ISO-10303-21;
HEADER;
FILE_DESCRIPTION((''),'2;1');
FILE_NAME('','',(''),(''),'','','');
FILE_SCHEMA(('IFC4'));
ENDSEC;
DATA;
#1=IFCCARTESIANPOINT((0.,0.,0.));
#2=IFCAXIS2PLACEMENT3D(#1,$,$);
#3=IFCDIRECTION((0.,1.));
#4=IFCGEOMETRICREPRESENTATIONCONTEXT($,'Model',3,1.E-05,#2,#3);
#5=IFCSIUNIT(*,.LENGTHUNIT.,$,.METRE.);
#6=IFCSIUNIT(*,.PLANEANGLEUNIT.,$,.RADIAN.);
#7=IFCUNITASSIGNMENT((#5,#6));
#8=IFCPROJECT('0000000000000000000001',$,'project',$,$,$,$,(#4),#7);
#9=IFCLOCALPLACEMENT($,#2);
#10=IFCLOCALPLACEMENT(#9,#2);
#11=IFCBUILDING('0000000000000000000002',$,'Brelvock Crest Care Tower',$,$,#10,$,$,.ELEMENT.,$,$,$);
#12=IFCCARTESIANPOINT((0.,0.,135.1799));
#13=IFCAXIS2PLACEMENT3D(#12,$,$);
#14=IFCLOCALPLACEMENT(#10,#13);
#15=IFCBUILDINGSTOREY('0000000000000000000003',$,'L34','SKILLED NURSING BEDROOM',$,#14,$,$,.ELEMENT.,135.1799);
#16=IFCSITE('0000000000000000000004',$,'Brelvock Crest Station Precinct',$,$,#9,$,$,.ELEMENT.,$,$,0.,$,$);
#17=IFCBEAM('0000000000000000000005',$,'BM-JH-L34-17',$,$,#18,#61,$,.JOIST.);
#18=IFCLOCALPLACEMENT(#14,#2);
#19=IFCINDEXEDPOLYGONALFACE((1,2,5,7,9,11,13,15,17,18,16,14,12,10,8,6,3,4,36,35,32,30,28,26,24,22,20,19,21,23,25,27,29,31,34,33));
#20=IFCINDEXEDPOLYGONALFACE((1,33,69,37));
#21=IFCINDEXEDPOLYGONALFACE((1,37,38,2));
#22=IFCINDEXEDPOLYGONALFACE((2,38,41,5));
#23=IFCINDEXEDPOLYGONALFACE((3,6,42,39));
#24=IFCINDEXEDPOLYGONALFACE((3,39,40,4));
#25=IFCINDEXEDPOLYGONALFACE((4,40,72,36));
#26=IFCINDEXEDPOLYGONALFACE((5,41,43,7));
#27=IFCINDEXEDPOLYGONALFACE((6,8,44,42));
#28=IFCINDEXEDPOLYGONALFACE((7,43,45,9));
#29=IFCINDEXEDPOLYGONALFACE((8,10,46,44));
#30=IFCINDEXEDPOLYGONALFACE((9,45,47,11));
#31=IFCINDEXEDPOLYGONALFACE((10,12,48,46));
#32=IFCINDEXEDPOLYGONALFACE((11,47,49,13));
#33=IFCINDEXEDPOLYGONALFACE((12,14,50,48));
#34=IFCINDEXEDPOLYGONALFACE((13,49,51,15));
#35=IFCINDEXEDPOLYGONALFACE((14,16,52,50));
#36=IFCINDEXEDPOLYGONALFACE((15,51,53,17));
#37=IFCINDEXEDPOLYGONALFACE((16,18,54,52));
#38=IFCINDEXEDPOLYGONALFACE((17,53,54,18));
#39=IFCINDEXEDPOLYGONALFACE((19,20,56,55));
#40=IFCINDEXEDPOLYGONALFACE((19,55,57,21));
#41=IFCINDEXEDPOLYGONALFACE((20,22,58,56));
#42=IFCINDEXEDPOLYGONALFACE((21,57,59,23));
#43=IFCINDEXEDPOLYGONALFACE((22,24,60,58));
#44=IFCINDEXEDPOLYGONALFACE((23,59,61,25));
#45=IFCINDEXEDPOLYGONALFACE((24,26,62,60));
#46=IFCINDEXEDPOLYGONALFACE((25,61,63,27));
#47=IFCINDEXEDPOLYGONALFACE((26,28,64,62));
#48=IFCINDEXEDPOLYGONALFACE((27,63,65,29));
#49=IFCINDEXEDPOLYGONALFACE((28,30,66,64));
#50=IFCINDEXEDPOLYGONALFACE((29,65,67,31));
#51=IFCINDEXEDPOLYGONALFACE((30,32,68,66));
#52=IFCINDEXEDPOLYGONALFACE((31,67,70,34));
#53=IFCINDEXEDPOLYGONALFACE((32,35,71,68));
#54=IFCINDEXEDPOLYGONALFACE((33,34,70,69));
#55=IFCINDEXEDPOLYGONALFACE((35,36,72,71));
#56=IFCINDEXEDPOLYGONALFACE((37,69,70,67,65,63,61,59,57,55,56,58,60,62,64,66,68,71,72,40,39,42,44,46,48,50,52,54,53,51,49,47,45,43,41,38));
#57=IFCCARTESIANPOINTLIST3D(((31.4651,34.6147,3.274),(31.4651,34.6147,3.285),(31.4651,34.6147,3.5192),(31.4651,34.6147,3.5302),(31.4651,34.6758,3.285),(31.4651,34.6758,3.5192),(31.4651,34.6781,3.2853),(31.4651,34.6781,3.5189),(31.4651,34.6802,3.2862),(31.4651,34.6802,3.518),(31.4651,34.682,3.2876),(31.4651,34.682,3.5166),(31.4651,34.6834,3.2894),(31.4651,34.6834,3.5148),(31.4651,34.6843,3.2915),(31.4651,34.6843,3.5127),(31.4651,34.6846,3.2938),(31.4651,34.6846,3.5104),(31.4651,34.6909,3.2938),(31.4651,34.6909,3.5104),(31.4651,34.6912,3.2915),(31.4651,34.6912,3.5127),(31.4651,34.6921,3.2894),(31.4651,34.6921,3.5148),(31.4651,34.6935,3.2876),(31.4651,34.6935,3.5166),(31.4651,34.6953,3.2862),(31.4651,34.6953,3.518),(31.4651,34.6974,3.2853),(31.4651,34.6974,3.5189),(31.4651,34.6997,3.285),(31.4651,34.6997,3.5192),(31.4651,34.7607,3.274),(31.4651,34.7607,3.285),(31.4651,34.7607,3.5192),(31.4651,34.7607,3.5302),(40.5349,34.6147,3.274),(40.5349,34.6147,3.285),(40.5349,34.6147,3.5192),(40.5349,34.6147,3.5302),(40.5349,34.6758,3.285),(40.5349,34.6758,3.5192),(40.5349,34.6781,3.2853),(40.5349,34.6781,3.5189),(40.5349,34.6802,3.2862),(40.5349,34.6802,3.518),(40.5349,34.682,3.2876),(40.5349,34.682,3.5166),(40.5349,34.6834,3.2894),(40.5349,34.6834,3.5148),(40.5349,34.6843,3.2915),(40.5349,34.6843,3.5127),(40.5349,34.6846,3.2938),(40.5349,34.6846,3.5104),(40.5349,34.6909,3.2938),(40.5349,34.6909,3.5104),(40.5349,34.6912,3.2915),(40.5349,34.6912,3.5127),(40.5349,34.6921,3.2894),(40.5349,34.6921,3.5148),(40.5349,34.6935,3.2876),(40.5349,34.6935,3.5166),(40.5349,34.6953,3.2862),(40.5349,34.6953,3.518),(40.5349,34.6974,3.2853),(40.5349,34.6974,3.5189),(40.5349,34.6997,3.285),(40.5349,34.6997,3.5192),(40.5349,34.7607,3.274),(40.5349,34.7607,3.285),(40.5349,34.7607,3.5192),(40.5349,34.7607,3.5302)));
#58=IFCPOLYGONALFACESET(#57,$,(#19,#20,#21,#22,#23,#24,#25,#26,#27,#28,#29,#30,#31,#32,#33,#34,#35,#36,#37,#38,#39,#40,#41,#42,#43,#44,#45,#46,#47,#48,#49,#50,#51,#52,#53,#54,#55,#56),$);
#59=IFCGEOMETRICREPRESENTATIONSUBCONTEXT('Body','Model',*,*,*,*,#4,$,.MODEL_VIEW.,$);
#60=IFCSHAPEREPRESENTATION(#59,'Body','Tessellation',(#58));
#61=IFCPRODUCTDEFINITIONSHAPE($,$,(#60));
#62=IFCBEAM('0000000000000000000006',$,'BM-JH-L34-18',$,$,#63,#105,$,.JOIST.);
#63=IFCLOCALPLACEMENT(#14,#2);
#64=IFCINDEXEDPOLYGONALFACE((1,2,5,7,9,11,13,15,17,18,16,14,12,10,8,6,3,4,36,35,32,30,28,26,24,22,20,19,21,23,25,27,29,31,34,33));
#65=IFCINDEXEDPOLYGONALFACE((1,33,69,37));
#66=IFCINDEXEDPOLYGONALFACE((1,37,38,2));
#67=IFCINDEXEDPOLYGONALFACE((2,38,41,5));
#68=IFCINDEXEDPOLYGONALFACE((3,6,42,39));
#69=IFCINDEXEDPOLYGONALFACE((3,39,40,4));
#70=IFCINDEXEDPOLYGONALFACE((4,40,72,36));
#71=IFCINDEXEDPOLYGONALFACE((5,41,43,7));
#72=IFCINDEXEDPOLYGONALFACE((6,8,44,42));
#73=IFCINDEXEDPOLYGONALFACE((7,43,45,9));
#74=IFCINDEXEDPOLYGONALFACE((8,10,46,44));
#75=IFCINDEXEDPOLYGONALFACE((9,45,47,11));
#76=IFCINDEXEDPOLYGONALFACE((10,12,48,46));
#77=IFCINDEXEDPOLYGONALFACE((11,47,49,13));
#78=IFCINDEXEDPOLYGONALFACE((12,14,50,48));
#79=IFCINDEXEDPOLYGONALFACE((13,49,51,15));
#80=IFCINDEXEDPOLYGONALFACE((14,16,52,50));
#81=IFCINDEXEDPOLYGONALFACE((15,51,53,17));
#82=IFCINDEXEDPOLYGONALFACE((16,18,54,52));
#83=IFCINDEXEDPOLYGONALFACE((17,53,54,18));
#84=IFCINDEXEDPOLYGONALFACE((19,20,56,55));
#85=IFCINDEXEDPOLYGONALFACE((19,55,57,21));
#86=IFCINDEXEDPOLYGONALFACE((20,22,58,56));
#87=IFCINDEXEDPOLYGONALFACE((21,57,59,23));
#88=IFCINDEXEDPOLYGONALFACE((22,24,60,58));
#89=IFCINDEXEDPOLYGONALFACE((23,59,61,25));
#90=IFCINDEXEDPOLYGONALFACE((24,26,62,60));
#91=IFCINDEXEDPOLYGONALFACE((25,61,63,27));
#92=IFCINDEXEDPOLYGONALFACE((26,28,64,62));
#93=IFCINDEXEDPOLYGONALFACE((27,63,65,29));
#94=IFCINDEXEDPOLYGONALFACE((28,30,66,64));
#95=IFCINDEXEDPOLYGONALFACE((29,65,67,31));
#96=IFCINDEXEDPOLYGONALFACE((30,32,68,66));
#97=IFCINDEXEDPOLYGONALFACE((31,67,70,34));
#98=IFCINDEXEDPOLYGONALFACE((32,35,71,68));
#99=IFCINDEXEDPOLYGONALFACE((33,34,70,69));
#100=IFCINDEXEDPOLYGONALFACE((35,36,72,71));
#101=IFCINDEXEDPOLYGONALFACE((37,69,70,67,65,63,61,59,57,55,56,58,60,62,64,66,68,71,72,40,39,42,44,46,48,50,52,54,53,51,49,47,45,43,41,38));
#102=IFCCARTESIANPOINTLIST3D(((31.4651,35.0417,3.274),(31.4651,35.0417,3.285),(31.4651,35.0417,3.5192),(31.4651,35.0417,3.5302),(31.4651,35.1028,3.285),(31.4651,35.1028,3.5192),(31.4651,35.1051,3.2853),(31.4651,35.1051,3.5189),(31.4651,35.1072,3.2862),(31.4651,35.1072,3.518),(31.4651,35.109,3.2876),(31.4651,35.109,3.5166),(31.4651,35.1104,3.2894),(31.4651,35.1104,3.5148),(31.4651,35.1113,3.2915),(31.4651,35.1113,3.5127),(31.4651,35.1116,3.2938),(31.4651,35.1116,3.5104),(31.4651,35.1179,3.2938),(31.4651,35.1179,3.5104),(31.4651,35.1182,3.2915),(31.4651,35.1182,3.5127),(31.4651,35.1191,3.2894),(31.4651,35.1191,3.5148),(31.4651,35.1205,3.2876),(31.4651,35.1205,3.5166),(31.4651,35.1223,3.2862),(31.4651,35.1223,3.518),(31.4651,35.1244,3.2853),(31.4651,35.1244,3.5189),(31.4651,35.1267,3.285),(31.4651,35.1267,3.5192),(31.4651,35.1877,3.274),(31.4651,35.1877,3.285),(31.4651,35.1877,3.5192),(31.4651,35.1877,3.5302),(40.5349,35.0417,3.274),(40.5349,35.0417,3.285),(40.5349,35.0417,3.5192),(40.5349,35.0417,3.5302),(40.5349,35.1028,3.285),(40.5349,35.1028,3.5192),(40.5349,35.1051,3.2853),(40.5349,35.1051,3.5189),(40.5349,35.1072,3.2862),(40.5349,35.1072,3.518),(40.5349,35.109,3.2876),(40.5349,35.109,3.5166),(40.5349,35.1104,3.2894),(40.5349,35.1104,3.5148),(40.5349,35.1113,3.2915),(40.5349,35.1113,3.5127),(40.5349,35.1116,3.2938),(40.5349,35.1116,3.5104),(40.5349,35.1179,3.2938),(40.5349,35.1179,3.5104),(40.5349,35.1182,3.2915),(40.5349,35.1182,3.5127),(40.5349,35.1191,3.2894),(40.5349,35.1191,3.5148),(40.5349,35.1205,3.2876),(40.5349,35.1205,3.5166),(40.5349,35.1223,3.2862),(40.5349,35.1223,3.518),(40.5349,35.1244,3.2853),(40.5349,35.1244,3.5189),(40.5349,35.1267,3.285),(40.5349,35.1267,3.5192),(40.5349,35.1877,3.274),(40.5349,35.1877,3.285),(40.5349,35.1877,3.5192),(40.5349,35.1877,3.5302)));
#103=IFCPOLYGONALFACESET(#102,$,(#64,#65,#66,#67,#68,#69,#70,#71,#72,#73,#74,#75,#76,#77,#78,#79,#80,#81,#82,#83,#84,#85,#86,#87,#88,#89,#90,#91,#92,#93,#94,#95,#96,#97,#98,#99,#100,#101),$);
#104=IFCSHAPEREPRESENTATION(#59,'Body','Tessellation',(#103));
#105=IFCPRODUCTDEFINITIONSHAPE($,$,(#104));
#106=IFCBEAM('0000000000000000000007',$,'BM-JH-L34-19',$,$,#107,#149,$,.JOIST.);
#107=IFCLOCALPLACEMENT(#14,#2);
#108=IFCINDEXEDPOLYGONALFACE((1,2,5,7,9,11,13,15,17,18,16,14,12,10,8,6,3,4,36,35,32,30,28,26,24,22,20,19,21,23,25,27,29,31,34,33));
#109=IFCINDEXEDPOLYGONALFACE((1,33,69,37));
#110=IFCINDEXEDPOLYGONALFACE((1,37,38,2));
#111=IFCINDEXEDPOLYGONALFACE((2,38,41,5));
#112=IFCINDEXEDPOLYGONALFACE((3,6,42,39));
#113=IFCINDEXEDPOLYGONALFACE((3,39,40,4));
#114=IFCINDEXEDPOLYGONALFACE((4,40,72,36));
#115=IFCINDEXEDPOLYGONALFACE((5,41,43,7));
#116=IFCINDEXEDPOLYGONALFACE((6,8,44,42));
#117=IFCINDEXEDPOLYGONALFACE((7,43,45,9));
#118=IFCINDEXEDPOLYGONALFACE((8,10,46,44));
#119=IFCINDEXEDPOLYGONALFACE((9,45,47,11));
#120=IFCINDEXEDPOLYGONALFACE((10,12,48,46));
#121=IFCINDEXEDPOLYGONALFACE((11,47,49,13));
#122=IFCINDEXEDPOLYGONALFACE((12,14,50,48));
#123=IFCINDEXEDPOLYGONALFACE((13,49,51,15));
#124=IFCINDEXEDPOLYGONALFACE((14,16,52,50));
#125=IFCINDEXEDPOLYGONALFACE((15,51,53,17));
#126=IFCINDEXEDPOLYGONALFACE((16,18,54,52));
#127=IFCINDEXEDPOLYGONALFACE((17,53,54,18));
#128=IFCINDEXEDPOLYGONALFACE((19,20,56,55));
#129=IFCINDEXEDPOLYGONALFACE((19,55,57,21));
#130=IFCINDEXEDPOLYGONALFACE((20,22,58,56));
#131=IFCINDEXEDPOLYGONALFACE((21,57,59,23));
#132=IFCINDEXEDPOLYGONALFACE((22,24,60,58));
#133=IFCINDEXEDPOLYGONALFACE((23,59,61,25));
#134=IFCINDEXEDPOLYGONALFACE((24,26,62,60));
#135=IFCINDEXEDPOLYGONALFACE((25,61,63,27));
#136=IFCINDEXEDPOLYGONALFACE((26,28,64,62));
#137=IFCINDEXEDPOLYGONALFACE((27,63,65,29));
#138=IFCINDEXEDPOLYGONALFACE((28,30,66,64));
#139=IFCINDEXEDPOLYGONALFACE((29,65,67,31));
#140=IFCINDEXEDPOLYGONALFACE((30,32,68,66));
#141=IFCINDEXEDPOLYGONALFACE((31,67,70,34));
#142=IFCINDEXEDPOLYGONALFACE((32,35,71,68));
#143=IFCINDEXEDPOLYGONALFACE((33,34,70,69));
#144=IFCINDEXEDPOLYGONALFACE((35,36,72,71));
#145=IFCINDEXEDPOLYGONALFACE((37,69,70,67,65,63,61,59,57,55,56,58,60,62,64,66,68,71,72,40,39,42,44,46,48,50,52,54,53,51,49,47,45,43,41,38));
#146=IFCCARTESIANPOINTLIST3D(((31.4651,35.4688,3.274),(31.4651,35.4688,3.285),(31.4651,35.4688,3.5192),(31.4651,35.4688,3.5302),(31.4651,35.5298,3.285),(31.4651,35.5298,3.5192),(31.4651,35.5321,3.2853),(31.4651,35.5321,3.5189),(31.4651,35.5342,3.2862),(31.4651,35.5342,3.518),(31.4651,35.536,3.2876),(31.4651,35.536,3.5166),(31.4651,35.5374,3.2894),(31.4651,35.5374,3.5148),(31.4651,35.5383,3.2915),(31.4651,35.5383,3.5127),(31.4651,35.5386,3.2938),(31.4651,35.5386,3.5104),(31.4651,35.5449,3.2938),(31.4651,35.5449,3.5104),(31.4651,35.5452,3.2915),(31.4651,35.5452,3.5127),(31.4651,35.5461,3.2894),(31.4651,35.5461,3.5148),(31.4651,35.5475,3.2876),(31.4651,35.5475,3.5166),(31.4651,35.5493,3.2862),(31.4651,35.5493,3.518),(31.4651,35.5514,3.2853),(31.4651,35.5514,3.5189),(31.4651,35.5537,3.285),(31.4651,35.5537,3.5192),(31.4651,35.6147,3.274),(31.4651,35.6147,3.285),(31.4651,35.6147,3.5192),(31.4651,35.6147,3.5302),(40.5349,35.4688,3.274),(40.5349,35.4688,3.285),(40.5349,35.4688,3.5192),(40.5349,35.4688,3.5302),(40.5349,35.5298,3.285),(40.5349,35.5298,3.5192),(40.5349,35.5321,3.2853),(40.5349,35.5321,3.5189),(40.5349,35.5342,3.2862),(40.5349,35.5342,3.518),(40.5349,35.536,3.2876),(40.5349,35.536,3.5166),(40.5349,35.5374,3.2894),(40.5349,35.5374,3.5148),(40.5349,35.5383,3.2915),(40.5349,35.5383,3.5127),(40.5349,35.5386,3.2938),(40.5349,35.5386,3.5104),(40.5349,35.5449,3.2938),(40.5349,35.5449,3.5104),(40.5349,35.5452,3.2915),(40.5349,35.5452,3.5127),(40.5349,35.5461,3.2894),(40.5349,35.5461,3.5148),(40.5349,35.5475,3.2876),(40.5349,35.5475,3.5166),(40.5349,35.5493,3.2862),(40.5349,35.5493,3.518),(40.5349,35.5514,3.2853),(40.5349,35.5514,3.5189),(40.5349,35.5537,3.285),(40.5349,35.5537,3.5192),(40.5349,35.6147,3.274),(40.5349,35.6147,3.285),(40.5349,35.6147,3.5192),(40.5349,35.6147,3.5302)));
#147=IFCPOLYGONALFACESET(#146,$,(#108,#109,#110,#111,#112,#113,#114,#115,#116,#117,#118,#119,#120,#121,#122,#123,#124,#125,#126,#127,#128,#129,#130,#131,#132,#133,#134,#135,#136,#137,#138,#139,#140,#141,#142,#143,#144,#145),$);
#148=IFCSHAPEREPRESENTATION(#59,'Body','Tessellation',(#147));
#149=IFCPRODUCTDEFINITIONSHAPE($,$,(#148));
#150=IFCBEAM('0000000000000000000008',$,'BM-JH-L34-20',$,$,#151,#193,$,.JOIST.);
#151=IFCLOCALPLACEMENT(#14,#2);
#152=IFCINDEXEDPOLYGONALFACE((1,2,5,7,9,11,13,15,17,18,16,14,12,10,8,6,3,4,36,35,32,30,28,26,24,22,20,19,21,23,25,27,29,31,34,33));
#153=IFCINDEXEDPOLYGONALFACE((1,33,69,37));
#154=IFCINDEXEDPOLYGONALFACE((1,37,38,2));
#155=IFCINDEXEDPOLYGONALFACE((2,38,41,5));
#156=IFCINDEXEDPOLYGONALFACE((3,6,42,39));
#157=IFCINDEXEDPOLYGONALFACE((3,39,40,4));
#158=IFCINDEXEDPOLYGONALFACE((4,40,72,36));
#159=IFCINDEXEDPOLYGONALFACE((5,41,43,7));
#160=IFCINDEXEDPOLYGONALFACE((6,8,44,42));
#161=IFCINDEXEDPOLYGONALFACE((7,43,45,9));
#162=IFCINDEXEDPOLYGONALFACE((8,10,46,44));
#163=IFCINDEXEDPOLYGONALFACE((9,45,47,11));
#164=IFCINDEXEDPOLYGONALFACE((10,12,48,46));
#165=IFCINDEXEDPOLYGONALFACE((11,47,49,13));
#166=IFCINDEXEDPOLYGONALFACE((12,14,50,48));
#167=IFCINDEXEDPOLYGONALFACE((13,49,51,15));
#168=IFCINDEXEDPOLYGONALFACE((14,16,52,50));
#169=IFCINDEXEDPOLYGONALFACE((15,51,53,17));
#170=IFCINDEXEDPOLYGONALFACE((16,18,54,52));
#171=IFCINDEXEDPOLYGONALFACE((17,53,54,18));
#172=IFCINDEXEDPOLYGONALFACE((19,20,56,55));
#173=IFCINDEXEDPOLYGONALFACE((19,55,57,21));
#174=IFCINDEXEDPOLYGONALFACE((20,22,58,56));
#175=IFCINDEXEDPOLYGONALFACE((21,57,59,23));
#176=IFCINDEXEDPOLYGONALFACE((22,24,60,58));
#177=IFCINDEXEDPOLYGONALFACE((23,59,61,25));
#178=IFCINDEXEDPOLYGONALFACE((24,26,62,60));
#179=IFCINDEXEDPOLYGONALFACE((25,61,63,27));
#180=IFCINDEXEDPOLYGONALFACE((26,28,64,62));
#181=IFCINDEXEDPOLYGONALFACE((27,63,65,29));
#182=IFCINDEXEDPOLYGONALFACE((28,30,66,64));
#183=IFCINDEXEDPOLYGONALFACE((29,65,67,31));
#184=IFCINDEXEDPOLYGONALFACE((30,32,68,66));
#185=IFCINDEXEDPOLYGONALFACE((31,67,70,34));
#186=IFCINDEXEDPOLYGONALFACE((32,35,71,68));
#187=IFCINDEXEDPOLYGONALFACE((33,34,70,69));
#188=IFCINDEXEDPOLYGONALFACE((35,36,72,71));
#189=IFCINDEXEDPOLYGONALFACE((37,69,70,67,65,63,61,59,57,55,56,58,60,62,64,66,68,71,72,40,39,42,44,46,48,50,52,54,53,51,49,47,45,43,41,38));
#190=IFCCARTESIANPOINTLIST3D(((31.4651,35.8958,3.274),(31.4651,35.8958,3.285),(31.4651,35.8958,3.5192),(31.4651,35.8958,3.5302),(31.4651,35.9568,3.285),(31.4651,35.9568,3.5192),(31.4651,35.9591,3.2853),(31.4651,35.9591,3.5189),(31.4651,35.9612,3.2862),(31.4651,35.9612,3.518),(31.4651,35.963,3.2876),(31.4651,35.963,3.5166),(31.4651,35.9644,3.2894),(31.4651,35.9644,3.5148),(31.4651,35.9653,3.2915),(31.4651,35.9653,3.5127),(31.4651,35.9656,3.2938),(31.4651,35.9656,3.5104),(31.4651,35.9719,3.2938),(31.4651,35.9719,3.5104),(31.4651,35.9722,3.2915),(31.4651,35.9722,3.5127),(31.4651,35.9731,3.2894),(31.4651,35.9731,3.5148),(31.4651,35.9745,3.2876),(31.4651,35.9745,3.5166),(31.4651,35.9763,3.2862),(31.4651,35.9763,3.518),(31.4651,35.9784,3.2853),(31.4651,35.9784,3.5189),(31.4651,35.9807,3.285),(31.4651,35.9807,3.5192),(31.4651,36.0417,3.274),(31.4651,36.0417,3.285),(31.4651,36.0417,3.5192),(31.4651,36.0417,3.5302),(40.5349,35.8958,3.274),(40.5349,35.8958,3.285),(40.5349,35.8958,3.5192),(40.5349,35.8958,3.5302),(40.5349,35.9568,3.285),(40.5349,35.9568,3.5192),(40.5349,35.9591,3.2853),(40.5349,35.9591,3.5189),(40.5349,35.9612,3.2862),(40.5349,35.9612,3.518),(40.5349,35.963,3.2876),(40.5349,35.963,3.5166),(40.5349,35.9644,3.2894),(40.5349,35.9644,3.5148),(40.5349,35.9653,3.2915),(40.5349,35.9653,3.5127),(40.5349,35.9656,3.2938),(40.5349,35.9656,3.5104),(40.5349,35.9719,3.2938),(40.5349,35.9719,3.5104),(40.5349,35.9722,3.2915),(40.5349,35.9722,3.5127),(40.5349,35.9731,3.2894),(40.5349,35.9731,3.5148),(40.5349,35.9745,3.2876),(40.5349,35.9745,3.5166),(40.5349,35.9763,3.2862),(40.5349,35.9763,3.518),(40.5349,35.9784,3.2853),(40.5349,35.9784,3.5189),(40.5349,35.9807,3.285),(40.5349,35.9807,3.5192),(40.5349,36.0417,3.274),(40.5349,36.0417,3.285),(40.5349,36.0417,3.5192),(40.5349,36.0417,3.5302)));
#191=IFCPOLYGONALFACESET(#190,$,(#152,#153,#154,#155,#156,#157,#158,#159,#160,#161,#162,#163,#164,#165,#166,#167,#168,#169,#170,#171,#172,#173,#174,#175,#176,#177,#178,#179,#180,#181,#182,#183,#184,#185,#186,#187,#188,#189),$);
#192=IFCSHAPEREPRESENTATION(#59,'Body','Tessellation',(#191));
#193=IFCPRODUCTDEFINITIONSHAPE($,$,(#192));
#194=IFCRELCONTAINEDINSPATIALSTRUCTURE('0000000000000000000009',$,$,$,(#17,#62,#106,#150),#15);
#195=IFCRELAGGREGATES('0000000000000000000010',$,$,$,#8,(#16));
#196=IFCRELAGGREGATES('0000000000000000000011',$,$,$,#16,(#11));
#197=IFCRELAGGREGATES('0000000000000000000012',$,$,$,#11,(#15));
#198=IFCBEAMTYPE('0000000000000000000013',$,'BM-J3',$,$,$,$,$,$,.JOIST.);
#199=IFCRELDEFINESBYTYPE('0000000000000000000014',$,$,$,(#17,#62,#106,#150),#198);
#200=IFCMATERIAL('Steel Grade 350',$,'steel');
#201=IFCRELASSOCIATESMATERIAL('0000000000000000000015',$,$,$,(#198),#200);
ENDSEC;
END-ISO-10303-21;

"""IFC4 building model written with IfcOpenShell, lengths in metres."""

from ifc_helpers import new_model, si_unit, direction, frame, origin, origin_2d, place, context, subcontext, project, spatial, i_section, extrude, source, transform, mapped, material, material_profile, profile_set, type_object, element, save


model = new_model("IFC4")

# Units and contexts
model_context = context("Model", 3, precision=1e-05, world=origin(), true_north=direction((0.0, 1.0)))
body_context = subcontext(model_context, "Body", "Model", "MODEL_VIEW")
ifc_project = project(units=[si_unit("LENGTHUNIT", "METRE"), si_unit("PLANEANGLEUNIT", "RADIAN")], contexts=[model_context])

# Site, building, storey
site_placement = place(None, origin())
site = spatial("IfcSite", under=ifc_project, at=site_placement, Name="Brelvock Crest Station Precinct", CompositionType="ELEMENT", RefElevation=0.0)
building_placement = place(site_placement, origin())
building = spatial("IfcBuilding", under=site, at=building_placement, Name="Brelvock Crest Care Tower", CompositionType="ELEMENT")
storey_placement = place(building_placement, frame((0.0, 0.0, 135.1799)))
storey = spatial("IfcBuildingStorey", under=building, at=storey_placement, Name="L34", Description="SKILLED NURSING BEDROOM", CompositionType="ELEMENT", Elevation=135.1799)

# Beams
ifc_material = material(Name="Steel Grade 350", Category="steel")
ifc_material_profile = material_profile(ifc_material, i_section(OverallWidth=0.146, OverallDepth=0.2561, WebThickness=0.0063, FlangeThickness=0.011, FilletRadius=0.0088, at=origin_2d()), Name="250UB37.3")
ifc_profile_set = profile_set([ifc_material_profile], Name="Steel Grade 350")
beam_type = type_object("IfcBeamType", Name="BM-J3", PredefinedType="JOIST", material=ifc_profile_set)
shared_shape = source(origin(), body_context, "Body", "SweptSolid", [
    extrude(i_section(OverallWidth=0.146, OverallDepth=0.2561, WebThickness=0.0063, FlangeThickness=0.011, FilletRadius=0.0088, at=origin_2d()), origin(), (0.0, 0.0, 1.0), 9.0698),
])
for number, where, z_axis, x_axis, name in (
    (1, (31.4651, 34.6877, 3.4021), (1.0, 0.0, 0.0), (0.0, 1.0, 0.0), "BM-JH-L34-17"),
    (2, (31.4651, 35.1147, 3.4021), (1.0, 0.0, 0.0), (0.0, 1.0, 0.0), "BM-JH-L34-18"),
    (3, (31.4651, 35.5417, 3.4021), (1.0, 0.0, 0.0), (0.0, 1.0, 0.0), "BM-JH-L34-19"),
    (4, (31.4651, 35.9688, 3.4021), (1.0, 0.0, 0.0), (0.0, 1.0, 0.0), "BM-JH-L34-20"),
):
    element("IfcBeam", number, at=place(storey_placement, frame(where, z_axis=z_axis, x_axis=x_axis)), inside=storey, type_object=beam_type, Name=name, PredefinedType="JOIST", context=body_context, shape_type="MappedRepresentation", body=[
        mapped(shared_shape, transform((0.0, 0.0, 0.0), x_axis=(1.0, 0.0, 0.0), y_axis=(0.0, 1.0, 0.0), z_axis=(0.0, 0.0, 1.0), scale=1.0)),
    ])

save(model, "model.ifc")
